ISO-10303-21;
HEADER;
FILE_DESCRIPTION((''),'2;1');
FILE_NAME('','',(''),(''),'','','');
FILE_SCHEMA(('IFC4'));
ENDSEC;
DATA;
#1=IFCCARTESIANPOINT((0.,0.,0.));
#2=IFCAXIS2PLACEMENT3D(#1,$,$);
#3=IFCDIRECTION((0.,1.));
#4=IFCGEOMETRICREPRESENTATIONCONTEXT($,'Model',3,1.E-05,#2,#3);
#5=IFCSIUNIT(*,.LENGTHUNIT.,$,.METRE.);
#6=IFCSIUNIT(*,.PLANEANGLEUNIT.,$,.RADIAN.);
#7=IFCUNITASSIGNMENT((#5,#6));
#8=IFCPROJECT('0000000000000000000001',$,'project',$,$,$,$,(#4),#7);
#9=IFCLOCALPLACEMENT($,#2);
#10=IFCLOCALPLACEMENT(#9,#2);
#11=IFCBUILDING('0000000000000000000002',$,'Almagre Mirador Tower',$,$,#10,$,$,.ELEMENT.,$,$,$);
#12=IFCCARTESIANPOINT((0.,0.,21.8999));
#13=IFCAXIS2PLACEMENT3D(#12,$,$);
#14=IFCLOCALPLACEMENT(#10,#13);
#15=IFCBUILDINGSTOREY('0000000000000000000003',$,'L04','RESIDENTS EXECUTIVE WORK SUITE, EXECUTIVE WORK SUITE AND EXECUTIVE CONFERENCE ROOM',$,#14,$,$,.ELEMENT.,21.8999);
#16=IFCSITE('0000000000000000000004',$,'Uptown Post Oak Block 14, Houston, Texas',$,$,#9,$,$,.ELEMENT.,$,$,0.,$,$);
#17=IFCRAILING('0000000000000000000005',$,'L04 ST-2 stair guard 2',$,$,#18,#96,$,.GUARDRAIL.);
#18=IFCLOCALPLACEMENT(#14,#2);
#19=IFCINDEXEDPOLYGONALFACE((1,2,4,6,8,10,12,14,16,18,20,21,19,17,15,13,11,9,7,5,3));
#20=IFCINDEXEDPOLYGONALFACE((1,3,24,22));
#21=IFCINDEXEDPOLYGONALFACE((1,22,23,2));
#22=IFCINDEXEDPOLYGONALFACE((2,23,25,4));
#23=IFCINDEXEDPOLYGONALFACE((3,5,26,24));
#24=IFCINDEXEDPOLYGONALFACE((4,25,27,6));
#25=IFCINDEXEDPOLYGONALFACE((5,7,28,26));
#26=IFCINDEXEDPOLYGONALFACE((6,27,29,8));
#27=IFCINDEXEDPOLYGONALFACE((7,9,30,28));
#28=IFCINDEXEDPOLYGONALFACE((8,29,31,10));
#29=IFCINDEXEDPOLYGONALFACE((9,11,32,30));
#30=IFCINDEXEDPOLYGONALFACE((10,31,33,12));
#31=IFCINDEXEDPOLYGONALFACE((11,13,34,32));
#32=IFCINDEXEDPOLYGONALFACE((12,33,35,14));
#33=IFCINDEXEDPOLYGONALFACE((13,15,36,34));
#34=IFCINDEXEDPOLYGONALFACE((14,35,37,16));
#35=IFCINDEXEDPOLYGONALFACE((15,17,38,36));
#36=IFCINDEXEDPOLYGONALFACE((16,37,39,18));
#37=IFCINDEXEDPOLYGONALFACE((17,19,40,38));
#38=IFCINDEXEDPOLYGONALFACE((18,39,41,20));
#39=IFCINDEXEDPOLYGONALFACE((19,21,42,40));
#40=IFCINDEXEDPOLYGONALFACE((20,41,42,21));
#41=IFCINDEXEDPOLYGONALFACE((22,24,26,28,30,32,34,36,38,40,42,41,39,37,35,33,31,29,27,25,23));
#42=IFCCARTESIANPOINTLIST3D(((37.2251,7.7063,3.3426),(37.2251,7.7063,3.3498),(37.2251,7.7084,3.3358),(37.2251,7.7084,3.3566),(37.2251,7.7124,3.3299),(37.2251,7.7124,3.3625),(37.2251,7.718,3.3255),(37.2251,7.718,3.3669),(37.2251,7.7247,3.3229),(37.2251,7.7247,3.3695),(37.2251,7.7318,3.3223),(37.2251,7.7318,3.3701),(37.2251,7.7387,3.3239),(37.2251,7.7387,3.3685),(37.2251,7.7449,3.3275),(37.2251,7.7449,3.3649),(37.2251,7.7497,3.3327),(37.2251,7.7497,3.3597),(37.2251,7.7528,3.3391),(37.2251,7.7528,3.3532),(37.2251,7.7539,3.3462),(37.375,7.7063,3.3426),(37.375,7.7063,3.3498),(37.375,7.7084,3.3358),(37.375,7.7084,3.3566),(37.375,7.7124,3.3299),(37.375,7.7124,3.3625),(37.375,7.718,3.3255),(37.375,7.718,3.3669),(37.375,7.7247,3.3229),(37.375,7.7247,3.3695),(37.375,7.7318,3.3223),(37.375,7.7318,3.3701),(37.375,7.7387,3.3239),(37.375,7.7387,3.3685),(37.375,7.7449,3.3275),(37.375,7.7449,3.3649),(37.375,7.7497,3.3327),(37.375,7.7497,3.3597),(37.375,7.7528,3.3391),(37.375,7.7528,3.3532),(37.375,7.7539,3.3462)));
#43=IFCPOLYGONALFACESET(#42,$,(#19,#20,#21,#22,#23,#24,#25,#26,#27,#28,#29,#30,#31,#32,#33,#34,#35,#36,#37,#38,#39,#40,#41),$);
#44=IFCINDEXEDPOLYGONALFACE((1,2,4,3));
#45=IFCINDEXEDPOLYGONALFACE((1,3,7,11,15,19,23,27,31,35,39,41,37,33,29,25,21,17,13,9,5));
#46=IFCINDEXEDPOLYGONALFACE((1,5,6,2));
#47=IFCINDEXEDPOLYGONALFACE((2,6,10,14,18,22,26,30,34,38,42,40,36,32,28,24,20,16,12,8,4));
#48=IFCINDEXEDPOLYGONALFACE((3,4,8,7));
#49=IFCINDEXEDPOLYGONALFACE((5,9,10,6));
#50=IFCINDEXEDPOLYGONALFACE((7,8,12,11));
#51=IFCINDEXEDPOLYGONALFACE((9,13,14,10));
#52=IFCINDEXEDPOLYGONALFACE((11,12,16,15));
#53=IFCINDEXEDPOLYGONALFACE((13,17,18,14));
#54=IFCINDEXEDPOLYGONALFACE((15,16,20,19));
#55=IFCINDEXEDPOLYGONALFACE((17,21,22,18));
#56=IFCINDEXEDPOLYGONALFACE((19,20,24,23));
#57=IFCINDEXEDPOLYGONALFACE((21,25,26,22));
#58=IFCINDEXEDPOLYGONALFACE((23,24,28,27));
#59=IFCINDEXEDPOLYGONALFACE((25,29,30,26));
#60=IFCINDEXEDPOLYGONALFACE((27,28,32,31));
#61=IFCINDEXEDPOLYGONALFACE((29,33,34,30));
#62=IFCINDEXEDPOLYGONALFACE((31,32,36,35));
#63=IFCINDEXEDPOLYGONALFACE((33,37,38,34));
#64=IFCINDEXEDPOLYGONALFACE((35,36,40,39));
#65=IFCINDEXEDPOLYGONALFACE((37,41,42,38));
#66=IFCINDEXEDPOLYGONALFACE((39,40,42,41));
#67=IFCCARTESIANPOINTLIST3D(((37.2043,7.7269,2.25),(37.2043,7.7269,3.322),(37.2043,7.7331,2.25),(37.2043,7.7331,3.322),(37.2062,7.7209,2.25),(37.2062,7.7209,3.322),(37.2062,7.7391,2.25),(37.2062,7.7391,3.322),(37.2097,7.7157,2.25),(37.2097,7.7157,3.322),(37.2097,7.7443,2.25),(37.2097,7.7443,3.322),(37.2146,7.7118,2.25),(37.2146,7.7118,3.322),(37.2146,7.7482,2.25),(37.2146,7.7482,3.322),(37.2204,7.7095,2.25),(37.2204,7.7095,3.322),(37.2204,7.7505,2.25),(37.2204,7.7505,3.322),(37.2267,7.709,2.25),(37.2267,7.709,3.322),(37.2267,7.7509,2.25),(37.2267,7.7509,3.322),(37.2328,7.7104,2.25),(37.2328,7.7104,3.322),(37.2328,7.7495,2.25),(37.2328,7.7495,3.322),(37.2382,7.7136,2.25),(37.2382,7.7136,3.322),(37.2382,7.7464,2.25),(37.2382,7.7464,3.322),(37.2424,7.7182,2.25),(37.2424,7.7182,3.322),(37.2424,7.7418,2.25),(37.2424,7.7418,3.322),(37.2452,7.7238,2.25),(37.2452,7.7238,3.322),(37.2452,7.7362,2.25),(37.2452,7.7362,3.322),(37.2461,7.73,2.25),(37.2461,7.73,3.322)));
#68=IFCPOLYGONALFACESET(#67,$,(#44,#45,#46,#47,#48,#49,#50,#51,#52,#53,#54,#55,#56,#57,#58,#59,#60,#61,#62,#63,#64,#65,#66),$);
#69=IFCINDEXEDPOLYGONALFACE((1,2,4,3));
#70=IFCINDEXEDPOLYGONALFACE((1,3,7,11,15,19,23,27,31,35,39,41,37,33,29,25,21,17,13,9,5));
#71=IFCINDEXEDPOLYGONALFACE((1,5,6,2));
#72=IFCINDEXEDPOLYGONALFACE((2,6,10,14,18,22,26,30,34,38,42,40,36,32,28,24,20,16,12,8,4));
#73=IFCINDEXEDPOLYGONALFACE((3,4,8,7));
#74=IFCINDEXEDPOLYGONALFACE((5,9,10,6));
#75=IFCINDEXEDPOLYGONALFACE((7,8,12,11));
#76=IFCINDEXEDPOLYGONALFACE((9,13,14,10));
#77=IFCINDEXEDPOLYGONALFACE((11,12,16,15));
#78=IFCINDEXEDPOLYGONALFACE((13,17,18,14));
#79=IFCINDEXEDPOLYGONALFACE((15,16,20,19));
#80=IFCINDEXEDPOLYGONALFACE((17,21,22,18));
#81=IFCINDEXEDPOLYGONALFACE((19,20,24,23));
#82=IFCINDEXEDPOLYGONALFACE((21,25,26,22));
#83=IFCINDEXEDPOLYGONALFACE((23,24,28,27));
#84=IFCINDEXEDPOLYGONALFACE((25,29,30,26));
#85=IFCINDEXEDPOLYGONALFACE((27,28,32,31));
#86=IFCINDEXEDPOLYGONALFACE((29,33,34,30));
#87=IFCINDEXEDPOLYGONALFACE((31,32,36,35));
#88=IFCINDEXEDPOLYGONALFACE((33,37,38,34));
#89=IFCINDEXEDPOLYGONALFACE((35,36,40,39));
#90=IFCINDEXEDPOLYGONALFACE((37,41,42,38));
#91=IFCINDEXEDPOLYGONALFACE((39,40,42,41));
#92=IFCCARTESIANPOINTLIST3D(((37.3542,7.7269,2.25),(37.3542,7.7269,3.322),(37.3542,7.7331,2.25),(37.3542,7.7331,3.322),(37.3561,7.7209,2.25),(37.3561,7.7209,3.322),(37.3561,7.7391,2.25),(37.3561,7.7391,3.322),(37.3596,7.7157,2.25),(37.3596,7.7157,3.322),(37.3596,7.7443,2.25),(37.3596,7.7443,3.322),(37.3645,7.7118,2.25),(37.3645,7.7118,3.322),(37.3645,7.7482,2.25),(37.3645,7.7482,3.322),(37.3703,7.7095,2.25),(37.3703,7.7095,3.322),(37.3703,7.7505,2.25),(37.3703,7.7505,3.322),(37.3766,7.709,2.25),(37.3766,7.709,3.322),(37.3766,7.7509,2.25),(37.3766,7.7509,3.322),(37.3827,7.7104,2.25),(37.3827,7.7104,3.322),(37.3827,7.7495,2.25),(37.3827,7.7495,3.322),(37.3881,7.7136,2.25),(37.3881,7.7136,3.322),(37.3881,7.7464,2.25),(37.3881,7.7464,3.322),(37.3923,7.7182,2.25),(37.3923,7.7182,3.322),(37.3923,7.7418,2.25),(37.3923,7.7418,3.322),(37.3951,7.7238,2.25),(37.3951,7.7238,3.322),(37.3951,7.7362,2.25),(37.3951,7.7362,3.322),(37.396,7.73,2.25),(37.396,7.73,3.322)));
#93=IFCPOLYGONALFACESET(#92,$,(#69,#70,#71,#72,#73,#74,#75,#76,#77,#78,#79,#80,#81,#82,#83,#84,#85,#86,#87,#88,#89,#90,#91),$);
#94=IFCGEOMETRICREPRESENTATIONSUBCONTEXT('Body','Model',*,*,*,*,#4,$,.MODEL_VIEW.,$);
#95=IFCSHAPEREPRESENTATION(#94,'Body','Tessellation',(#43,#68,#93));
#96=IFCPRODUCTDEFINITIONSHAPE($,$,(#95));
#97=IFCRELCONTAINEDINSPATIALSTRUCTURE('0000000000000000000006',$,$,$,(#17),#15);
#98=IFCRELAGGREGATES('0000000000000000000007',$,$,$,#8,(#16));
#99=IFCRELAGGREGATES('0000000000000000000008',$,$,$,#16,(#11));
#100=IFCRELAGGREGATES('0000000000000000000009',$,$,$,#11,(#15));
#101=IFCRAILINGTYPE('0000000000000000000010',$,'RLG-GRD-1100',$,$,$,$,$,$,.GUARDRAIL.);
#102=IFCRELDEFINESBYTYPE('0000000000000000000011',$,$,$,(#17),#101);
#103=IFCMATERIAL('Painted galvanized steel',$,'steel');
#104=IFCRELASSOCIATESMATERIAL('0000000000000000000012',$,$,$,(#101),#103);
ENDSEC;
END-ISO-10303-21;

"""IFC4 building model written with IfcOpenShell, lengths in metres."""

from ifc_helpers import new_model, si_unit, direction, frame, origin, origin_2d, place, context, subcontext, project, spatial, circle, extrude, material, type_object, element, save


model = new_model("IFC4")

# Units and contexts
model_context = context("Model", 3, precision=1e-05, world=origin(), true_north=direction((0.0, 1.0)))
body_context = subcontext(model_context, "Body", "Model", "MODEL_VIEW")
ifc_project = project(units=[si_unit("LENGTHUNIT", "METRE"), si_unit("PLANEANGLEUNIT", "RADIAN")], contexts=[model_context])

# Site, building, storey
site_placement = place(None, origin())
site = spatial("IfcSite", under=ifc_project, at=site_placement, Name="Uptown Post Oak Block 14, Houston, Texas", CompositionType="ELEMENT", RefElevation=0.0)
building_placement = place(site_placement, origin())
building = spatial("IfcBuilding", under=site, at=building_placement, Name="Almagre Mirador Tower", CompositionType="ELEMENT")
storey_placement = place(building_placement, frame((0.0, 0.0, 21.8999)))
storey = spatial("IfcBuildingStorey", under=building, at=storey_placement, Name="L04", Description="RESIDENTS EXECUTIVE WORK SUITE, EXECUTIVE WORK SUITE AND EXECUTIVE CONFERENCE ROOM", CompositionType="ELEMENT", Elevation=21.8999)

# Railing
ifc_material_1 = material(Name="Painted galvanized steel", Category="steel")
railing_type_1 = type_object("IfcRailingType", Name="RLG-GRD-1100", PredefinedType="GUARDRAIL", material=ifc_material_1)
railing_1_placement = place(storey_placement, frame((37.2251, 7.73, 2.25)))
element("IfcRailing", 1, at=railing_1_placement, inside=storey, type_object=railing_type_1, Name="L04 ST-2 stair guard 2", PredefinedType="GUARDRAIL", context=body_context, shape_type="SweptSolid", body=[
    extrude(circle(Radius=0.0239, at=origin_2d()), frame((0.0, 0.0, 1.0962), z_axis=(1.0, 0.0, 0.0), x_axis=(0.0, 1.0, 0.0)), (0.0, 0.0, 1.0), 0.1499),
    extrude(circle(Radius=0.021, at=origin_2d()), origin(), (0.0, 0.0, 1.0), 1.072),
    extrude(circle(Radius=0.021, at=origin_2d()), frame((0.1499, 0.0, 0.0)), (0.0, 0.0, 1.0), 1.072),
])

save(model, "model.ifc")
